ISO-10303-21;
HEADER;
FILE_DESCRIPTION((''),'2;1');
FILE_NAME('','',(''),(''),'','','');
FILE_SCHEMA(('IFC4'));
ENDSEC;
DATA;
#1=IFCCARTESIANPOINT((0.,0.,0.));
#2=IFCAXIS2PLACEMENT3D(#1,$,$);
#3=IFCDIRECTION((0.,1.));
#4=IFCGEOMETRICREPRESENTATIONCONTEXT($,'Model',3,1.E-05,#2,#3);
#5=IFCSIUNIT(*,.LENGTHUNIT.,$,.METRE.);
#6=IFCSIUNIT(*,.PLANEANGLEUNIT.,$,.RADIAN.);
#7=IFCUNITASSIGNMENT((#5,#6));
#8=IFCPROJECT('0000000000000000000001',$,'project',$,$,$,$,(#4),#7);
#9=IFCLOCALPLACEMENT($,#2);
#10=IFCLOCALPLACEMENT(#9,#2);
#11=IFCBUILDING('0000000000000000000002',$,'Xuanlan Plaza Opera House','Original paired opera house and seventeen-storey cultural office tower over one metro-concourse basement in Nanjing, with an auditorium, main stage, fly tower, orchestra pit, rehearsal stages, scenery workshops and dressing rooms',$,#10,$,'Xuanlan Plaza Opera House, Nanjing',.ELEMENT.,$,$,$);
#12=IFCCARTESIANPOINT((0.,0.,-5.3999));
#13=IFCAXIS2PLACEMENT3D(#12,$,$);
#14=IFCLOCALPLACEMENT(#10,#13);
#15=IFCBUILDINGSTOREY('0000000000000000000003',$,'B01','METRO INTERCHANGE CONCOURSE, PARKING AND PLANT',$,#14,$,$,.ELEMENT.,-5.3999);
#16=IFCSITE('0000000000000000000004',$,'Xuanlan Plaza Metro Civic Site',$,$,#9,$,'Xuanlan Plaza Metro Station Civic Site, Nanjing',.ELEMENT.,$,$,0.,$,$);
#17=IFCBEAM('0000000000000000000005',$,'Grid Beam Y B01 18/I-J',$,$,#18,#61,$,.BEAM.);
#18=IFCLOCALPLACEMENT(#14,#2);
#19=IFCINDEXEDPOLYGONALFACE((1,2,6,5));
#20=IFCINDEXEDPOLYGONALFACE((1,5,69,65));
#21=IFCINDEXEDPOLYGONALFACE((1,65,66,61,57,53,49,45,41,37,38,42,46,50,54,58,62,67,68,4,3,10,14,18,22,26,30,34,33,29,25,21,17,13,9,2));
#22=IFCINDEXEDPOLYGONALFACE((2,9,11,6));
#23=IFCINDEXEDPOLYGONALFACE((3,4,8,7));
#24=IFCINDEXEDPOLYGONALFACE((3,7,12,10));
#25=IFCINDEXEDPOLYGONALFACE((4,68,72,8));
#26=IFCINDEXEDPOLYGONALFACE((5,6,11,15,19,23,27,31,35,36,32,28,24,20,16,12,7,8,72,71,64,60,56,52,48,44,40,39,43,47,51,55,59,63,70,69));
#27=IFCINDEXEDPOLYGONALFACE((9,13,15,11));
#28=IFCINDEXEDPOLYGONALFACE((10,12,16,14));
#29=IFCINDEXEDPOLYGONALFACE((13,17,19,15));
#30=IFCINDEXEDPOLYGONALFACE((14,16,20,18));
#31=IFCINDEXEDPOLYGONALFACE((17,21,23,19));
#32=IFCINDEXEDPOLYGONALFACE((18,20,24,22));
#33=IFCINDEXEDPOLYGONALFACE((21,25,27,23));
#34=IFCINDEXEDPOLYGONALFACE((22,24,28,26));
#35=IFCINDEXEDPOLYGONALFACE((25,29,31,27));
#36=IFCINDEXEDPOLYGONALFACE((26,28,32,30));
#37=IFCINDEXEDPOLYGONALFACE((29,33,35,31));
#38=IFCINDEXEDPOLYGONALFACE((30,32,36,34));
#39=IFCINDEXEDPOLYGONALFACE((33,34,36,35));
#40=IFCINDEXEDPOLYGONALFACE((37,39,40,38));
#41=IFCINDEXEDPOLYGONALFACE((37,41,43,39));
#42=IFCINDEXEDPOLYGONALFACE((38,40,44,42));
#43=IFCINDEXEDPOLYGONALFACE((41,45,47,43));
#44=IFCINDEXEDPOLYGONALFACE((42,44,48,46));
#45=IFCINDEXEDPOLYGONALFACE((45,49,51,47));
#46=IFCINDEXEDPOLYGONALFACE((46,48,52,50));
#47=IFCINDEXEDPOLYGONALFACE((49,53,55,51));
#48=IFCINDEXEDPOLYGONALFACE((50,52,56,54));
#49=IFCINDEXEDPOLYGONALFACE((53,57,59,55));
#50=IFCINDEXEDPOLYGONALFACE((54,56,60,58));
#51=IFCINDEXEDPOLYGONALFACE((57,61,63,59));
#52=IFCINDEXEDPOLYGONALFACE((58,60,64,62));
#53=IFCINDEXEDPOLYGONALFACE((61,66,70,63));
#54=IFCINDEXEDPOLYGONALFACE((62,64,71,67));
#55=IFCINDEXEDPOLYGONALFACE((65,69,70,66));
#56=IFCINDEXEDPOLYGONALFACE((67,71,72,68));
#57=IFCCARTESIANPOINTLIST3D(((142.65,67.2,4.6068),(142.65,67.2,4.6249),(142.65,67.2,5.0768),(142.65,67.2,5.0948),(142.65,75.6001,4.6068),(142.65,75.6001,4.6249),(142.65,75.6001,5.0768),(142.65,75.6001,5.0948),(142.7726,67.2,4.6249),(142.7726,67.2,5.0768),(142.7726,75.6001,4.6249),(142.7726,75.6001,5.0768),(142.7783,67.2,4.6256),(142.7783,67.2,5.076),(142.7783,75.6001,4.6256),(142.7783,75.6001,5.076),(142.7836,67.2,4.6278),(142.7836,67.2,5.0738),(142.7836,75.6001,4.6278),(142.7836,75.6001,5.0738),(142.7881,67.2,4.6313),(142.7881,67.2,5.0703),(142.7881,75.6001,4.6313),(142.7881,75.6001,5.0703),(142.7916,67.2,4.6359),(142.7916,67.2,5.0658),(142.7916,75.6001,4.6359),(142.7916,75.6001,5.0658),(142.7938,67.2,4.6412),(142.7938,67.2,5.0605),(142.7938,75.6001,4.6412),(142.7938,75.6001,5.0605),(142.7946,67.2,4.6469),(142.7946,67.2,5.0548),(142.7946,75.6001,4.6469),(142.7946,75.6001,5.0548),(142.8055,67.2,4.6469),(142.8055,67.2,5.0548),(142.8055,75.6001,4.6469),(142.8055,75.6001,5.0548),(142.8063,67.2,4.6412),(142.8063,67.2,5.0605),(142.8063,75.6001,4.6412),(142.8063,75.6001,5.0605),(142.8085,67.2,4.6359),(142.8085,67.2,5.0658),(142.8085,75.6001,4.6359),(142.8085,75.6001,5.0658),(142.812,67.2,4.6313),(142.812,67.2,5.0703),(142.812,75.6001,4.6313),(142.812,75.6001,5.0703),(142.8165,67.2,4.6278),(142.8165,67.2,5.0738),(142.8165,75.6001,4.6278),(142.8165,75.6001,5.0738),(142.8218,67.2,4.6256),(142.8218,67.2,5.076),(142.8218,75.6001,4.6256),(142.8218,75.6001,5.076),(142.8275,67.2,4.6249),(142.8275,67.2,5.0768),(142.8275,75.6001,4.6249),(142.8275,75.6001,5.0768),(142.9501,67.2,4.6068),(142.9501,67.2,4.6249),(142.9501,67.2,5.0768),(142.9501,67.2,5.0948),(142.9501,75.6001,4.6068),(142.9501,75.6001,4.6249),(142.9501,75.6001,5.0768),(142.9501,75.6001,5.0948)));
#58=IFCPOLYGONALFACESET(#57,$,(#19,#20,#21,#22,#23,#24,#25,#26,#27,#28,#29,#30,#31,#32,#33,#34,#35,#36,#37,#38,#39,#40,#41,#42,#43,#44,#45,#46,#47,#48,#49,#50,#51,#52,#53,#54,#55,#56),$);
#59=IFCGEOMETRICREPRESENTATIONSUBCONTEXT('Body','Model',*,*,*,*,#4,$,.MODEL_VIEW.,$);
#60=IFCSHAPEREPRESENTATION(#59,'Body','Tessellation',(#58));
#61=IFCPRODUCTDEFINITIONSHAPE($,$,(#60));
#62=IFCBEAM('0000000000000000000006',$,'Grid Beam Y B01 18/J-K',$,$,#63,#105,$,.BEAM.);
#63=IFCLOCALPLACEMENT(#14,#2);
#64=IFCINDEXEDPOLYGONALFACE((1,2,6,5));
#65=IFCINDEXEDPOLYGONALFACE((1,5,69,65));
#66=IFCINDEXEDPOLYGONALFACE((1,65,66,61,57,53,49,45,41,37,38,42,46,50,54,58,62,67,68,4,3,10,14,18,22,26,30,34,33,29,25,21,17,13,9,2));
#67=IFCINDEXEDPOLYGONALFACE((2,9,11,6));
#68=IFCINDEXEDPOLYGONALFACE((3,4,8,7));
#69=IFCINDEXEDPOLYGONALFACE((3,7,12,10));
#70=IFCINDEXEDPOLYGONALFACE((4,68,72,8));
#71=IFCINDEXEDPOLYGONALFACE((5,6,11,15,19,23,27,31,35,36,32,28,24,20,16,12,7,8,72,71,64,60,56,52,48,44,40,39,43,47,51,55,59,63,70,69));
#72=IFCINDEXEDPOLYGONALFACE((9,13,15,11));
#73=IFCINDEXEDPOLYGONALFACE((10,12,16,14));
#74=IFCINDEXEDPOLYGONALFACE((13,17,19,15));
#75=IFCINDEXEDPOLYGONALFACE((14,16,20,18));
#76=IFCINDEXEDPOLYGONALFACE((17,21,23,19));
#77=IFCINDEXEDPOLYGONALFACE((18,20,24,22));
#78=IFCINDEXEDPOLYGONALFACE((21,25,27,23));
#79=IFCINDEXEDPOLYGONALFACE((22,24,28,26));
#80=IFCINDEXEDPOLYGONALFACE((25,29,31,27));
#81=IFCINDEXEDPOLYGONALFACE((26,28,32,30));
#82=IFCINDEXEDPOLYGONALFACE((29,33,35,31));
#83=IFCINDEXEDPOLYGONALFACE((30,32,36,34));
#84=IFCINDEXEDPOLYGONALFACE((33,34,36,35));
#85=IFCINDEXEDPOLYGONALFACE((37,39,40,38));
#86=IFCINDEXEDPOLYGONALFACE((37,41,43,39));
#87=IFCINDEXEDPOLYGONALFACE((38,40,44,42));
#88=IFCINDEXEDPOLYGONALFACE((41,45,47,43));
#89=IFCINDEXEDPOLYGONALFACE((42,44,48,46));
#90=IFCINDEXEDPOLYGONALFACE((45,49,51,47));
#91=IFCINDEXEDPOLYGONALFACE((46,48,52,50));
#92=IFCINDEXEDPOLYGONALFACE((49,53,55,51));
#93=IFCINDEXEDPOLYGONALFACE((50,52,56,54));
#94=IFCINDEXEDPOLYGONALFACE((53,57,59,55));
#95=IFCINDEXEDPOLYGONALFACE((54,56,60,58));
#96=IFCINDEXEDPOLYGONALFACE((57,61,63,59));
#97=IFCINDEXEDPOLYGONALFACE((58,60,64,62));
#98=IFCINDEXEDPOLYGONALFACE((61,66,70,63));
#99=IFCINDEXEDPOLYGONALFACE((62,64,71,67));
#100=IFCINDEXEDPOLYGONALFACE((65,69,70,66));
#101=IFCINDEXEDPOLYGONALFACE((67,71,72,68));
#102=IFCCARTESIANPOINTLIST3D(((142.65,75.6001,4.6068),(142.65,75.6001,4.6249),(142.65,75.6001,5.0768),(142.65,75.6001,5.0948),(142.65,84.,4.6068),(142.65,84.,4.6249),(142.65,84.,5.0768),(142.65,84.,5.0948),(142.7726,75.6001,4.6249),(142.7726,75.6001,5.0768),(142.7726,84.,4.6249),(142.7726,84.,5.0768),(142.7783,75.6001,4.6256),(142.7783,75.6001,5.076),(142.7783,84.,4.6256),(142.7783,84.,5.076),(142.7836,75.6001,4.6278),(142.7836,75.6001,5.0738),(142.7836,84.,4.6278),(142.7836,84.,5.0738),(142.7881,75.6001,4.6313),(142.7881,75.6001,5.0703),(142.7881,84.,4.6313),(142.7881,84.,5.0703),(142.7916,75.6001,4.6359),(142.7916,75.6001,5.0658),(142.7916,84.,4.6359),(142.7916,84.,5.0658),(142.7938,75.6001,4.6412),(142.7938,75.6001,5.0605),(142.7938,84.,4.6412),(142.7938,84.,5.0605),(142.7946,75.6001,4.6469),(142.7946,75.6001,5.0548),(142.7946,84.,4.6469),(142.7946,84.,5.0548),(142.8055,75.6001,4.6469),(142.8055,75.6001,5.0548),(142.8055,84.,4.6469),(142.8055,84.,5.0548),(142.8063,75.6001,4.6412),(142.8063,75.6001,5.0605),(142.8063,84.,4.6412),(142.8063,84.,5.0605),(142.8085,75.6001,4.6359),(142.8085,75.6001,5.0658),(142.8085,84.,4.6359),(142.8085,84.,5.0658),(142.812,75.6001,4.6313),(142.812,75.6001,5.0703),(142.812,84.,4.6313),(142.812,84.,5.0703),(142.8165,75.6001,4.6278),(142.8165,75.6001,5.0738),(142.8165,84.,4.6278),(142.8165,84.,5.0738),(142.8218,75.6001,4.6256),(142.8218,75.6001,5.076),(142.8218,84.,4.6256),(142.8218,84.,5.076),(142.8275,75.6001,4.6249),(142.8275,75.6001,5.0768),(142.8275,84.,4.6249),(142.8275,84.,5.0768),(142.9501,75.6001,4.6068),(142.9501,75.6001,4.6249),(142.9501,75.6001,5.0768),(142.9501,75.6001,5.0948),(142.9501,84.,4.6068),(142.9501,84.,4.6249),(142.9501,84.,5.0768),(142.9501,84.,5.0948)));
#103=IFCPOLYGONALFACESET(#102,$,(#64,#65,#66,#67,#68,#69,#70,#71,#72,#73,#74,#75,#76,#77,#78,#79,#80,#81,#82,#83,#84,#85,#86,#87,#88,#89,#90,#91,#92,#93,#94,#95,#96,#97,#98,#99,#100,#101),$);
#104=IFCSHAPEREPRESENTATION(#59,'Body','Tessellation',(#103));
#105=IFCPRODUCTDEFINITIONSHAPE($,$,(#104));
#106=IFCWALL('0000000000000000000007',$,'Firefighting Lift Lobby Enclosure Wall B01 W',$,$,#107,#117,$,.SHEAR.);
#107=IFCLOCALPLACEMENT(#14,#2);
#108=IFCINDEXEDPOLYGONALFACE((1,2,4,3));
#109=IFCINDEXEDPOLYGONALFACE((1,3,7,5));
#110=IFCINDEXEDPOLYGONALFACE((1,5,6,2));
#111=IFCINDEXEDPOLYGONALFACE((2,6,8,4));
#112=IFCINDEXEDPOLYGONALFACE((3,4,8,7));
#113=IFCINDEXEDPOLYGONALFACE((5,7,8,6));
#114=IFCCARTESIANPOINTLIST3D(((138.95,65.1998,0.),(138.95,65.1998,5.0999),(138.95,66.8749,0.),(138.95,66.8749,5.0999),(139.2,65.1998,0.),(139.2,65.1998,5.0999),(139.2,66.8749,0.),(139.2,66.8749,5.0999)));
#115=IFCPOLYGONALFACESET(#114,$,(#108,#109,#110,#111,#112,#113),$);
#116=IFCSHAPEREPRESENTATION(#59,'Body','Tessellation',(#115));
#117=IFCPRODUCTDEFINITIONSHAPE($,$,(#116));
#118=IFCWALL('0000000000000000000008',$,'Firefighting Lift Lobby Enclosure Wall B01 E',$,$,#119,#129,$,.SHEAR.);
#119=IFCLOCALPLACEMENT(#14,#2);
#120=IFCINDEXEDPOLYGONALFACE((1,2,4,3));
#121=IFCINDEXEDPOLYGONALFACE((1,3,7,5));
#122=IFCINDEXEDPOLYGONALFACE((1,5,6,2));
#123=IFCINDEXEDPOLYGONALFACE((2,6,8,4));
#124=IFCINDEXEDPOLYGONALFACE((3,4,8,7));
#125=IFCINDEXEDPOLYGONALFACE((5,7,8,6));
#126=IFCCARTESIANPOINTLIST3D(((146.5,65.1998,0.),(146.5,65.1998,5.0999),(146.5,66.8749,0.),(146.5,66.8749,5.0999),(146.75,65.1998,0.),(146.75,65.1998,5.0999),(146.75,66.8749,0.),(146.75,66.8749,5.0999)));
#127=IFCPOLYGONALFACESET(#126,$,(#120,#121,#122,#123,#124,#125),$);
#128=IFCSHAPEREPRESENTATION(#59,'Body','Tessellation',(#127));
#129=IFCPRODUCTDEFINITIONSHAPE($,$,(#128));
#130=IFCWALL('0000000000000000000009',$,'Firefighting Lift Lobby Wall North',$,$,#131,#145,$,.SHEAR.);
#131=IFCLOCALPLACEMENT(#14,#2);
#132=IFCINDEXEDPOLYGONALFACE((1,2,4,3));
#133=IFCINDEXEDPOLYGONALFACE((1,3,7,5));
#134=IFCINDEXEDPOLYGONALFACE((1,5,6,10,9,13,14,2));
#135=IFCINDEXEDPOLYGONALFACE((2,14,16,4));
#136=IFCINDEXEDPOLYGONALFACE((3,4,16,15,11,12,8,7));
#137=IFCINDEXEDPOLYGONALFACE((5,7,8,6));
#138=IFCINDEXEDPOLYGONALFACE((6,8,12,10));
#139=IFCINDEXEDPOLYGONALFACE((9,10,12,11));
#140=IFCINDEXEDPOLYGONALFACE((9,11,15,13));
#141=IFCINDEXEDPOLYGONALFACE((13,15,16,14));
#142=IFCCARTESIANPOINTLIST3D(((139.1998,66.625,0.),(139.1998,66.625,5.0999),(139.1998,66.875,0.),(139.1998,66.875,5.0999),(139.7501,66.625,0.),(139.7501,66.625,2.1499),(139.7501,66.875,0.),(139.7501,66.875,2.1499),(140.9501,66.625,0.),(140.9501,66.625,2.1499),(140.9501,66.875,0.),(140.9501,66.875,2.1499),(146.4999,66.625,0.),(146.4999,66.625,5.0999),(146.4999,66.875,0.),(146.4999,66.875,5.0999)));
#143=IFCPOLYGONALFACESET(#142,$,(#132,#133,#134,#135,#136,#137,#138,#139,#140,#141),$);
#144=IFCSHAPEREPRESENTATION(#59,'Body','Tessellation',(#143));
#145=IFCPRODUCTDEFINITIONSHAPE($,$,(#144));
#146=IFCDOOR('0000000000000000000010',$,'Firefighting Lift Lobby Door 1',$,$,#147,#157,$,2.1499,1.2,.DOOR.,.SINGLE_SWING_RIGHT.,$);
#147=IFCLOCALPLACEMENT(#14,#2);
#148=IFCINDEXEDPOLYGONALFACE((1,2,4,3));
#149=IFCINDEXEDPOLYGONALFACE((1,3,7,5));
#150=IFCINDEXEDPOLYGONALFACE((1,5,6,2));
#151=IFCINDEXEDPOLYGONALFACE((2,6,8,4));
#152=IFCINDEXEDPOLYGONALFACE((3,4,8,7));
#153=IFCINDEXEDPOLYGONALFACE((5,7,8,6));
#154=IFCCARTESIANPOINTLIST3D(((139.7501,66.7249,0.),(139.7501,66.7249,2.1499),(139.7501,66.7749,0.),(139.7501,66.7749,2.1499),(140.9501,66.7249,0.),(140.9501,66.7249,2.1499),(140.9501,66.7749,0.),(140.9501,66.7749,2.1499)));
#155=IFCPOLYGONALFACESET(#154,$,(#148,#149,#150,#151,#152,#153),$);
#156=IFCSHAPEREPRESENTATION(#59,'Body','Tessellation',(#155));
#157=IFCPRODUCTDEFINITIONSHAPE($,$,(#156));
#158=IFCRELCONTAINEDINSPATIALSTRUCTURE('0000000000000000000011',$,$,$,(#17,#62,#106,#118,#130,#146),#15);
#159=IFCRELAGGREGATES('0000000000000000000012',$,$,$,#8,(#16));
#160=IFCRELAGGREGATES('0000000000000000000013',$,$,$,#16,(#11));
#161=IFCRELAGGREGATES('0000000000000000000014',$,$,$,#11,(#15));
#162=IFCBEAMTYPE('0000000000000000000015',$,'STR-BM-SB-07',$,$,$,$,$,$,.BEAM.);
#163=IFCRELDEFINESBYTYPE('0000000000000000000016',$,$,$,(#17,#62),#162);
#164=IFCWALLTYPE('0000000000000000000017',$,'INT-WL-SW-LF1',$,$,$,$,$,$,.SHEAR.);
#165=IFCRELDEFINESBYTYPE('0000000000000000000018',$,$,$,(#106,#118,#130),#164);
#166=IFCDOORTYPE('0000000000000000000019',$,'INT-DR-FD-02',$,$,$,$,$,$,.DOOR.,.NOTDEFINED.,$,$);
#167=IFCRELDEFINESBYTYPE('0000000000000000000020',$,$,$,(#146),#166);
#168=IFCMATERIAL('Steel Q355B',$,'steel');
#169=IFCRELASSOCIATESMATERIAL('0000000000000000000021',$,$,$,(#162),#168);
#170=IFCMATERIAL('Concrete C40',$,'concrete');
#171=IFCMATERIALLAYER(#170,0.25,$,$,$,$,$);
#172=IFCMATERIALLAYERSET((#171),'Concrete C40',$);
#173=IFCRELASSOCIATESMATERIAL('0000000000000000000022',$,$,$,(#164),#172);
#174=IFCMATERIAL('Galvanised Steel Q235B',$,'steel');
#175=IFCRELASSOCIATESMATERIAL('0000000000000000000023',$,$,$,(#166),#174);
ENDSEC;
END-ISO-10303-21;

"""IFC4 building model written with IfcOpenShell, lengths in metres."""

from ifc_helpers import new_model, si_unit, direction, frame, frame_2d, origin, origin_2d, place, context, subcontext, project, spatial, rectangle, i_section, extrude, material, layer, layer_set, material_profile, profile_set, type_object, element, fill, save


model = new_model("IFC4")

# Units and contexts
model_context = context("Model", 3, precision=1e-05, world=origin(), true_north=direction((0.0, 1.0)))
body_context = subcontext(model_context, "Body", "Model", "MODEL_VIEW")
ifc_project = project(units=[si_unit("LENGTHUNIT", "METRE"), si_unit("PLANEANGLEUNIT", "RADIAN")], contexts=[model_context])

# Site, building, storey
site_placement = place(None, origin())
site = spatial("IfcSite", under=ifc_project, at=site_placement, Name="Xuanlan Plaza Metro Civic Site", LongName="Xuanlan Plaza Metro Station Civic Site, Nanjing", CompositionType="ELEMENT", RefElevation=0.0)
building_placement = place(site_placement, origin())
building = spatial("IfcBuilding", under=site, at=building_placement, Name="Xuanlan Plaza Opera House", Description="Original paired opera house and seventeen-storey cultural office tower over one metro-concourse basement in Nanjing, with an auditorium, main stage, fly tower, orchestra pit, rehearsal stages, scenery workshops and dressing rooms", LongName="Xuanlan Plaza Opera House, Nanjing", CompositionType="ELEMENT")
storey_placement = place(building_placement, frame((0.0, 0.0, -5.3999)))
storey = spatial("IfcBuildingStorey", under=building, at=storey_placement, Name="B01", Description="METRO INTERCHANGE CONCOURSE, PARKING AND PLANT", CompositionType="ELEMENT", Elevation=-5.3999)

# Shared definitions
ifc_material_1 = material(Name="Concrete C40", Category="concrete")

# Beams
ifc_material_2 = material(Name="Steel Q355B", Category="steel")
ifc_material_profile_1 = material_profile(ifc_material_2, i_section(OverallWidth=0.3, OverallDepth=0.488, WebThickness=0.011, FlangeThickness=0.0181, FilletRadius=0.022, at=origin_2d()), Name="HM 488x300x11x18")
ifc_profile_set_1 = profile_set([ifc_material_profile_1], Name="Steel Q355B")
beam_type_1 = type_object("IfcBeamType", Name="STR-BM-SB-07", PredefinedType="BEAM", material=ifc_profile_set_1)
beam_1_placement = place(storey_placement, frame((142.8, 67.2, 4.8508), z_axis=(0.0, 1.0, 0.0), x_axis=(-1.0, 0.0, 0.0)))
element("IfcBeam", 1, at=beam_1_placement, inside=storey, type_object=beam_type_1, Name="Grid Beam Y B01 18/I-J", PredefinedType="BEAM", context=body_context, shape_type="SweptSolid", body=[
    extrude(i_section(OverallWidth=0.3, OverallDepth=0.488, WebThickness=0.011, FlangeThickness=0.0181, FilletRadius=0.022, at=origin_2d()), origin(), (0.0, 0.0, 1.0), 8.4001),
])
beam_2_placement = place(storey_placement, frame((142.8, 75.6001, 4.8508), z_axis=(0.0, 1.0, 0.0), x_axis=(-1.0, 0.0, 0.0)))
element("IfcBeam", 2, at=beam_2_placement, inside=storey, type_object=beam_type_1, Name="Grid Beam Y B01 18/J-K", PredefinedType="BEAM", context=body_context, shape_type="SweptSolid", body=[
    extrude(i_section(OverallWidth=0.3, OverallDepth=0.488, WebThickness=0.011, FlangeThickness=0.0181, FilletRadius=0.022, at=origin_2d()), origin(), (0.0, 0.0, 1.0), 8.3999),
])

# Walls
ifc_layer = layer(ifc_material_1, 0.25)
ifc_layer_set = layer_set([ifc_layer], Name="Concrete C40")
wall_type = type_object("IfcWallType", Name="INT-WL-SW-LF1", PredefinedType="SHEAR", material=ifc_layer_set)
for number, where, z_axis, x_axis, name in (
    (3, (139.075, 65.2, 0.0), (0.0, 0.0, 1.0), (0.0, 1.0, 0.0), "Firefighting Lift Lobby Enclosure Wall B01 W"),
    (4, (146.625, 65.2, 0.0), (0.0, 0.0, 1.0), (0.0, 1.0, 0.0), "Firefighting Lift Lobby Enclosure Wall B01 E"),
):
    element("IfcWall", number, at=place(storey_placement, frame(where, z_axis=z_axis, x_axis=x_axis)), inside=storey, type_object=wall_type, Name=name, PredefinedType="SHEAR", context=body_context, shape_type="SweptSolid", body=[
        extrude(rectangle(XDim=1.675, YDim=0.25, at=frame_2d((0.8374, 0.0))), origin(), (0.0, 0.0, 1.0), 5.0999),
    ])

# Wall, opening, door
wall_placement = place(storey_placement, frame((139.2, 66.75, 0.0), z_axis=(0.0, 0.0, 1.0), x_axis=(1.0, 0.0, 0.0)))
wall = element("IfcWall", 5, at=wall_placement, inside=storey, type_object=wall_type, Name="Firefighting Lift Lobby Wall North", PredefinedType="SHEAR", context=body_context, shape_type="SweptSolid", body=[
    extrude(rectangle(XDim=7.3, YDim=0.25, at=frame_2d((3.6499, 0.0))), origin(), (0.0, 0.0, 1.0), 5.0999),
])
opening_placement = place(wall_placement, frame((0.55, 0.0, 0.0)))
opening = element("IfcOpeningElement", 6, at=opening_placement, cuts=wall, PredefinedType="OPENING", context=body_context, shape_type="SweptSolid", body=[
    extrude(rectangle(XDim=1.2, YDim=2.1499, at=frame_2d((0.6001, 1.075))), frame((0.0, 0.135, 0.0), z_axis=(0.0, -1.0, 0.0), x_axis=(1.0, 0.0, 0.0)), (0.0, 0.0, 1.0), 0.27),
])
ifc_material_3 = material(Name="Galvanised Steel Q235B", Category="steel")
door_type = type_object("IfcDoorType", Name="INT-DR-FD-02", OperationType="NOTDEFINED", PredefinedType="DOOR", material=ifc_material_3)
door_placement = place(opening_placement, origin())
door = element("IfcDoor", 7, at=door_placement, inside=storey, type_object=door_type, Name="Firefighting Lift Lobby Door 1", OperationType="SINGLE_SWING_RIGHT", OverallHeight=2.1499, OverallWidth=1.2, PredefinedType="DOOR", context=body_context, shape_type="SweptSolid", body=[
    extrude(rectangle(XDim=1.2, YDim=2.1499, at=frame_2d((0.6001, 1.075))), frame((0.0, 0.0249, 0.0), z_axis=(0.0, -1.0, 0.0), x_axis=(1.0, 0.0, 0.0)), (0.0, 0.0, 1.0), 0.05),
])
fill(opening, door)

save(model, "model.ifc")
